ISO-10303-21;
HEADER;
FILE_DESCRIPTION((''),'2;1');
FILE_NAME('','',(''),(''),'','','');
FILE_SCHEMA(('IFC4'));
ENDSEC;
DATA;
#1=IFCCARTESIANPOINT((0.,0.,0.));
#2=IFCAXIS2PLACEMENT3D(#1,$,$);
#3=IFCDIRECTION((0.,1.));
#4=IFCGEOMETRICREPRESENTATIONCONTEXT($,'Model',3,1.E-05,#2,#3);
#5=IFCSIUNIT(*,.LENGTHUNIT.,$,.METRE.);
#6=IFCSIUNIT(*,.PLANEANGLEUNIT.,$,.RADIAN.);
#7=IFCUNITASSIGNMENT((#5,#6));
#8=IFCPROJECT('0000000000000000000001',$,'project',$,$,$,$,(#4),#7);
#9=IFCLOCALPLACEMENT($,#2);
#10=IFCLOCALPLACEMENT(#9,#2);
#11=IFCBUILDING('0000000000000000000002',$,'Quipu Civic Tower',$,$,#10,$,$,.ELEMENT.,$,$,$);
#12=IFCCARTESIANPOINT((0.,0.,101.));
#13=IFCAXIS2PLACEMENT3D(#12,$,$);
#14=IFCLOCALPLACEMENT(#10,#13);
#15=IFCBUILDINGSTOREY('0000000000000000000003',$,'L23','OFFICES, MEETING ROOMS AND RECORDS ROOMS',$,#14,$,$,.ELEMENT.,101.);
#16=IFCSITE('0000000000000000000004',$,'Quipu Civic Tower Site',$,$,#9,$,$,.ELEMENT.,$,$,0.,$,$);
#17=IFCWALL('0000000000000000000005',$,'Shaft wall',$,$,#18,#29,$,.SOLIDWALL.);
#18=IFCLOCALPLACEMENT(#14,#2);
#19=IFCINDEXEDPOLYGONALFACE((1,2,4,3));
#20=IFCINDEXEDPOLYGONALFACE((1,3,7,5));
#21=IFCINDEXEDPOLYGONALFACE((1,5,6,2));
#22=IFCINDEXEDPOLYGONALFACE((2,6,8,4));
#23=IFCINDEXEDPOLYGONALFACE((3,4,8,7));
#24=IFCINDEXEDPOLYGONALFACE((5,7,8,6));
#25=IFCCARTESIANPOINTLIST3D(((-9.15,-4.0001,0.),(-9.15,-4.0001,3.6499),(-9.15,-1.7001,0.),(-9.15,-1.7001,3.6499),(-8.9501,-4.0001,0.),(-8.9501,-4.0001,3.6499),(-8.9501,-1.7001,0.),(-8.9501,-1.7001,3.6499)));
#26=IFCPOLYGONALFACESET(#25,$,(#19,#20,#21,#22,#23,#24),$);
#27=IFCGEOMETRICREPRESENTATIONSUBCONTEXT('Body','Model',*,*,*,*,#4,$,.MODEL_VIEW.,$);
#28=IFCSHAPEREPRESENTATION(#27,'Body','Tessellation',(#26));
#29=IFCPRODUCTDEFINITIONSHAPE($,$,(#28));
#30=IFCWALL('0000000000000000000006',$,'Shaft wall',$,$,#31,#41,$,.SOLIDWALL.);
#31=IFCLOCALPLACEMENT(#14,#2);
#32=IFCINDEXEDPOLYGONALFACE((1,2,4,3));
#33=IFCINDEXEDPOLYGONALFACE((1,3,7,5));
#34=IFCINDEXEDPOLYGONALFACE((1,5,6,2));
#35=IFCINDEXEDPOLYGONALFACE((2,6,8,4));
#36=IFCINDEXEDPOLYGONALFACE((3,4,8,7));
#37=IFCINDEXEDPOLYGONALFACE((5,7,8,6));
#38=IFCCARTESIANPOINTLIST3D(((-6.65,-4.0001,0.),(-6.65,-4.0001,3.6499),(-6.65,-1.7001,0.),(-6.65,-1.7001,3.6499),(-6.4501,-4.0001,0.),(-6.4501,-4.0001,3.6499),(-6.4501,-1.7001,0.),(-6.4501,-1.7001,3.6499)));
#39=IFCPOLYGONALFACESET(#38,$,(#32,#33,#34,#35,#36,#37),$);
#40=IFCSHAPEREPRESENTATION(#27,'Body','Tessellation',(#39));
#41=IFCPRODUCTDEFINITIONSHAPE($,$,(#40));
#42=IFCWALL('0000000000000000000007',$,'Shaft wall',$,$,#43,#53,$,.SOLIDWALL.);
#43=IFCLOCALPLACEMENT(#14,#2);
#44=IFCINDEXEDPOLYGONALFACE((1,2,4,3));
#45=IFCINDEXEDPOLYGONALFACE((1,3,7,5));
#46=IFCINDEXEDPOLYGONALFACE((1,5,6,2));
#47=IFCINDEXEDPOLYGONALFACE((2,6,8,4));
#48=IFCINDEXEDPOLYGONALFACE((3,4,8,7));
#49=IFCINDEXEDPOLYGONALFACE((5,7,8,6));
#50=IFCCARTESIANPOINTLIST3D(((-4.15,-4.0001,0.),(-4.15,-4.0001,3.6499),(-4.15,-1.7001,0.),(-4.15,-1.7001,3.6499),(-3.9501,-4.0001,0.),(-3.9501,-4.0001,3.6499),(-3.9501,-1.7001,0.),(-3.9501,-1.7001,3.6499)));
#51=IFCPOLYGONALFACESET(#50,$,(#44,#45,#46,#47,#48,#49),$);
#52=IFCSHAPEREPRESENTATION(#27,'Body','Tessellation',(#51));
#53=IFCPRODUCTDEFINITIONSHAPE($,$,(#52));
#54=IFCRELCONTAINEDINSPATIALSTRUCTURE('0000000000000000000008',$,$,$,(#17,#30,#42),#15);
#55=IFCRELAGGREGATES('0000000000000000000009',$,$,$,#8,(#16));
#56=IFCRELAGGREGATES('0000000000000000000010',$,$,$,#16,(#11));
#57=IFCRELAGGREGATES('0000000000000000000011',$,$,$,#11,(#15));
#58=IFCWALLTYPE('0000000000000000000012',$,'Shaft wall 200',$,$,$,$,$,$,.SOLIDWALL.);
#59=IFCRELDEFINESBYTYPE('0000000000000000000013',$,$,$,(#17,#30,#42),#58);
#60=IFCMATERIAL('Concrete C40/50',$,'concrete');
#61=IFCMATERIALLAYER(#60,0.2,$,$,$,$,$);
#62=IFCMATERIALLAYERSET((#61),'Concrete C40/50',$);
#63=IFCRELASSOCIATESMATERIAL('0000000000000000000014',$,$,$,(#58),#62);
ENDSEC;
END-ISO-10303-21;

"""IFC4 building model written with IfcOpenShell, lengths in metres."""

from ifc_helpers import new_model, si_unit, direction, frame, frame_2d, origin, place, context, subcontext, project, spatial, rectangle, extrude, material, layer, layer_set, type_object, element, save


model = new_model("IFC4")

# Units and contexts
model_context = context("Model", 3, precision=1e-05, world=origin(), true_north=direction((0.0, 1.0)))
body_context = subcontext(model_context, "Body", "Model", "MODEL_VIEW")
ifc_project = project(units=[si_unit("LENGTHUNIT", "METRE"), si_unit("PLANEANGLEUNIT", "RADIAN")], contexts=[model_context])

# Site, building, storey
site_placement = place(None, origin())
site = spatial("IfcSite", under=ifc_project, at=site_placement, Name="Quipu Civic Tower Site", CompositionType="ELEMENT", RefElevation=0.0)
building_placement = place(site_placement, origin())
building = spatial("IfcBuilding", under=site, at=building_placement, Name="Quipu Civic Tower", CompositionType="ELEMENT")
storey_placement = place(building_placement, frame((0.0, 0.0, 101.0)))
storey = spatial("IfcBuildingStorey", under=building, at=storey_placement, Name="L23", Description="OFFICES, MEETING ROOMS AND RECORDS ROOMS", CompositionType="ELEMENT", Elevation=101.0)

# Walls
ifc_material_1 = material(Name="Concrete C40/50", Category="concrete")
ifc_layer_1 = layer(ifc_material_1, 0.2)
ifc_layer_set_1 = layer_set([ifc_layer_1], Name="Concrete C40/50")
wall_type_1 = type_object("IfcWallType", Name="Shaft wall 200", PredefinedType="SOLIDWALL", material=ifc_layer_set_1)
for number, where, z_axis, x_axis, name in (
    (1, (-9.05, -4.0, 0.0), (0.0, 0.0, 1.0), (0.0, 1.0, 0.0), "Shaft wall"),
    (2, (-6.55, -4.0, 0.0), (0.0, 0.0, 1.0), (0.0, 1.0, 0.0), "Shaft wall"),
    (3, (-4.05, -4.0, 0.0), (0.0, 0.0, 1.0), (0.0, 1.0, 0.0), "Shaft wall"),
):
    element("IfcWall", number, at=place(storey_placement, frame(where, z_axis=z_axis, x_axis=x_axis)), inside=storey, type_object=wall_type_1, Name=name, PredefinedType="SOLIDWALL", context=body_context, shape_type="SweptSolid", body=[
        extrude(rectangle(XDim=2.3, YDim=0.2, at=frame_2d((1.1499, 0.0))), origin(), (0.0, 0.0, 1.0), 3.6499),
    ])

save(model, "model.ifc")
